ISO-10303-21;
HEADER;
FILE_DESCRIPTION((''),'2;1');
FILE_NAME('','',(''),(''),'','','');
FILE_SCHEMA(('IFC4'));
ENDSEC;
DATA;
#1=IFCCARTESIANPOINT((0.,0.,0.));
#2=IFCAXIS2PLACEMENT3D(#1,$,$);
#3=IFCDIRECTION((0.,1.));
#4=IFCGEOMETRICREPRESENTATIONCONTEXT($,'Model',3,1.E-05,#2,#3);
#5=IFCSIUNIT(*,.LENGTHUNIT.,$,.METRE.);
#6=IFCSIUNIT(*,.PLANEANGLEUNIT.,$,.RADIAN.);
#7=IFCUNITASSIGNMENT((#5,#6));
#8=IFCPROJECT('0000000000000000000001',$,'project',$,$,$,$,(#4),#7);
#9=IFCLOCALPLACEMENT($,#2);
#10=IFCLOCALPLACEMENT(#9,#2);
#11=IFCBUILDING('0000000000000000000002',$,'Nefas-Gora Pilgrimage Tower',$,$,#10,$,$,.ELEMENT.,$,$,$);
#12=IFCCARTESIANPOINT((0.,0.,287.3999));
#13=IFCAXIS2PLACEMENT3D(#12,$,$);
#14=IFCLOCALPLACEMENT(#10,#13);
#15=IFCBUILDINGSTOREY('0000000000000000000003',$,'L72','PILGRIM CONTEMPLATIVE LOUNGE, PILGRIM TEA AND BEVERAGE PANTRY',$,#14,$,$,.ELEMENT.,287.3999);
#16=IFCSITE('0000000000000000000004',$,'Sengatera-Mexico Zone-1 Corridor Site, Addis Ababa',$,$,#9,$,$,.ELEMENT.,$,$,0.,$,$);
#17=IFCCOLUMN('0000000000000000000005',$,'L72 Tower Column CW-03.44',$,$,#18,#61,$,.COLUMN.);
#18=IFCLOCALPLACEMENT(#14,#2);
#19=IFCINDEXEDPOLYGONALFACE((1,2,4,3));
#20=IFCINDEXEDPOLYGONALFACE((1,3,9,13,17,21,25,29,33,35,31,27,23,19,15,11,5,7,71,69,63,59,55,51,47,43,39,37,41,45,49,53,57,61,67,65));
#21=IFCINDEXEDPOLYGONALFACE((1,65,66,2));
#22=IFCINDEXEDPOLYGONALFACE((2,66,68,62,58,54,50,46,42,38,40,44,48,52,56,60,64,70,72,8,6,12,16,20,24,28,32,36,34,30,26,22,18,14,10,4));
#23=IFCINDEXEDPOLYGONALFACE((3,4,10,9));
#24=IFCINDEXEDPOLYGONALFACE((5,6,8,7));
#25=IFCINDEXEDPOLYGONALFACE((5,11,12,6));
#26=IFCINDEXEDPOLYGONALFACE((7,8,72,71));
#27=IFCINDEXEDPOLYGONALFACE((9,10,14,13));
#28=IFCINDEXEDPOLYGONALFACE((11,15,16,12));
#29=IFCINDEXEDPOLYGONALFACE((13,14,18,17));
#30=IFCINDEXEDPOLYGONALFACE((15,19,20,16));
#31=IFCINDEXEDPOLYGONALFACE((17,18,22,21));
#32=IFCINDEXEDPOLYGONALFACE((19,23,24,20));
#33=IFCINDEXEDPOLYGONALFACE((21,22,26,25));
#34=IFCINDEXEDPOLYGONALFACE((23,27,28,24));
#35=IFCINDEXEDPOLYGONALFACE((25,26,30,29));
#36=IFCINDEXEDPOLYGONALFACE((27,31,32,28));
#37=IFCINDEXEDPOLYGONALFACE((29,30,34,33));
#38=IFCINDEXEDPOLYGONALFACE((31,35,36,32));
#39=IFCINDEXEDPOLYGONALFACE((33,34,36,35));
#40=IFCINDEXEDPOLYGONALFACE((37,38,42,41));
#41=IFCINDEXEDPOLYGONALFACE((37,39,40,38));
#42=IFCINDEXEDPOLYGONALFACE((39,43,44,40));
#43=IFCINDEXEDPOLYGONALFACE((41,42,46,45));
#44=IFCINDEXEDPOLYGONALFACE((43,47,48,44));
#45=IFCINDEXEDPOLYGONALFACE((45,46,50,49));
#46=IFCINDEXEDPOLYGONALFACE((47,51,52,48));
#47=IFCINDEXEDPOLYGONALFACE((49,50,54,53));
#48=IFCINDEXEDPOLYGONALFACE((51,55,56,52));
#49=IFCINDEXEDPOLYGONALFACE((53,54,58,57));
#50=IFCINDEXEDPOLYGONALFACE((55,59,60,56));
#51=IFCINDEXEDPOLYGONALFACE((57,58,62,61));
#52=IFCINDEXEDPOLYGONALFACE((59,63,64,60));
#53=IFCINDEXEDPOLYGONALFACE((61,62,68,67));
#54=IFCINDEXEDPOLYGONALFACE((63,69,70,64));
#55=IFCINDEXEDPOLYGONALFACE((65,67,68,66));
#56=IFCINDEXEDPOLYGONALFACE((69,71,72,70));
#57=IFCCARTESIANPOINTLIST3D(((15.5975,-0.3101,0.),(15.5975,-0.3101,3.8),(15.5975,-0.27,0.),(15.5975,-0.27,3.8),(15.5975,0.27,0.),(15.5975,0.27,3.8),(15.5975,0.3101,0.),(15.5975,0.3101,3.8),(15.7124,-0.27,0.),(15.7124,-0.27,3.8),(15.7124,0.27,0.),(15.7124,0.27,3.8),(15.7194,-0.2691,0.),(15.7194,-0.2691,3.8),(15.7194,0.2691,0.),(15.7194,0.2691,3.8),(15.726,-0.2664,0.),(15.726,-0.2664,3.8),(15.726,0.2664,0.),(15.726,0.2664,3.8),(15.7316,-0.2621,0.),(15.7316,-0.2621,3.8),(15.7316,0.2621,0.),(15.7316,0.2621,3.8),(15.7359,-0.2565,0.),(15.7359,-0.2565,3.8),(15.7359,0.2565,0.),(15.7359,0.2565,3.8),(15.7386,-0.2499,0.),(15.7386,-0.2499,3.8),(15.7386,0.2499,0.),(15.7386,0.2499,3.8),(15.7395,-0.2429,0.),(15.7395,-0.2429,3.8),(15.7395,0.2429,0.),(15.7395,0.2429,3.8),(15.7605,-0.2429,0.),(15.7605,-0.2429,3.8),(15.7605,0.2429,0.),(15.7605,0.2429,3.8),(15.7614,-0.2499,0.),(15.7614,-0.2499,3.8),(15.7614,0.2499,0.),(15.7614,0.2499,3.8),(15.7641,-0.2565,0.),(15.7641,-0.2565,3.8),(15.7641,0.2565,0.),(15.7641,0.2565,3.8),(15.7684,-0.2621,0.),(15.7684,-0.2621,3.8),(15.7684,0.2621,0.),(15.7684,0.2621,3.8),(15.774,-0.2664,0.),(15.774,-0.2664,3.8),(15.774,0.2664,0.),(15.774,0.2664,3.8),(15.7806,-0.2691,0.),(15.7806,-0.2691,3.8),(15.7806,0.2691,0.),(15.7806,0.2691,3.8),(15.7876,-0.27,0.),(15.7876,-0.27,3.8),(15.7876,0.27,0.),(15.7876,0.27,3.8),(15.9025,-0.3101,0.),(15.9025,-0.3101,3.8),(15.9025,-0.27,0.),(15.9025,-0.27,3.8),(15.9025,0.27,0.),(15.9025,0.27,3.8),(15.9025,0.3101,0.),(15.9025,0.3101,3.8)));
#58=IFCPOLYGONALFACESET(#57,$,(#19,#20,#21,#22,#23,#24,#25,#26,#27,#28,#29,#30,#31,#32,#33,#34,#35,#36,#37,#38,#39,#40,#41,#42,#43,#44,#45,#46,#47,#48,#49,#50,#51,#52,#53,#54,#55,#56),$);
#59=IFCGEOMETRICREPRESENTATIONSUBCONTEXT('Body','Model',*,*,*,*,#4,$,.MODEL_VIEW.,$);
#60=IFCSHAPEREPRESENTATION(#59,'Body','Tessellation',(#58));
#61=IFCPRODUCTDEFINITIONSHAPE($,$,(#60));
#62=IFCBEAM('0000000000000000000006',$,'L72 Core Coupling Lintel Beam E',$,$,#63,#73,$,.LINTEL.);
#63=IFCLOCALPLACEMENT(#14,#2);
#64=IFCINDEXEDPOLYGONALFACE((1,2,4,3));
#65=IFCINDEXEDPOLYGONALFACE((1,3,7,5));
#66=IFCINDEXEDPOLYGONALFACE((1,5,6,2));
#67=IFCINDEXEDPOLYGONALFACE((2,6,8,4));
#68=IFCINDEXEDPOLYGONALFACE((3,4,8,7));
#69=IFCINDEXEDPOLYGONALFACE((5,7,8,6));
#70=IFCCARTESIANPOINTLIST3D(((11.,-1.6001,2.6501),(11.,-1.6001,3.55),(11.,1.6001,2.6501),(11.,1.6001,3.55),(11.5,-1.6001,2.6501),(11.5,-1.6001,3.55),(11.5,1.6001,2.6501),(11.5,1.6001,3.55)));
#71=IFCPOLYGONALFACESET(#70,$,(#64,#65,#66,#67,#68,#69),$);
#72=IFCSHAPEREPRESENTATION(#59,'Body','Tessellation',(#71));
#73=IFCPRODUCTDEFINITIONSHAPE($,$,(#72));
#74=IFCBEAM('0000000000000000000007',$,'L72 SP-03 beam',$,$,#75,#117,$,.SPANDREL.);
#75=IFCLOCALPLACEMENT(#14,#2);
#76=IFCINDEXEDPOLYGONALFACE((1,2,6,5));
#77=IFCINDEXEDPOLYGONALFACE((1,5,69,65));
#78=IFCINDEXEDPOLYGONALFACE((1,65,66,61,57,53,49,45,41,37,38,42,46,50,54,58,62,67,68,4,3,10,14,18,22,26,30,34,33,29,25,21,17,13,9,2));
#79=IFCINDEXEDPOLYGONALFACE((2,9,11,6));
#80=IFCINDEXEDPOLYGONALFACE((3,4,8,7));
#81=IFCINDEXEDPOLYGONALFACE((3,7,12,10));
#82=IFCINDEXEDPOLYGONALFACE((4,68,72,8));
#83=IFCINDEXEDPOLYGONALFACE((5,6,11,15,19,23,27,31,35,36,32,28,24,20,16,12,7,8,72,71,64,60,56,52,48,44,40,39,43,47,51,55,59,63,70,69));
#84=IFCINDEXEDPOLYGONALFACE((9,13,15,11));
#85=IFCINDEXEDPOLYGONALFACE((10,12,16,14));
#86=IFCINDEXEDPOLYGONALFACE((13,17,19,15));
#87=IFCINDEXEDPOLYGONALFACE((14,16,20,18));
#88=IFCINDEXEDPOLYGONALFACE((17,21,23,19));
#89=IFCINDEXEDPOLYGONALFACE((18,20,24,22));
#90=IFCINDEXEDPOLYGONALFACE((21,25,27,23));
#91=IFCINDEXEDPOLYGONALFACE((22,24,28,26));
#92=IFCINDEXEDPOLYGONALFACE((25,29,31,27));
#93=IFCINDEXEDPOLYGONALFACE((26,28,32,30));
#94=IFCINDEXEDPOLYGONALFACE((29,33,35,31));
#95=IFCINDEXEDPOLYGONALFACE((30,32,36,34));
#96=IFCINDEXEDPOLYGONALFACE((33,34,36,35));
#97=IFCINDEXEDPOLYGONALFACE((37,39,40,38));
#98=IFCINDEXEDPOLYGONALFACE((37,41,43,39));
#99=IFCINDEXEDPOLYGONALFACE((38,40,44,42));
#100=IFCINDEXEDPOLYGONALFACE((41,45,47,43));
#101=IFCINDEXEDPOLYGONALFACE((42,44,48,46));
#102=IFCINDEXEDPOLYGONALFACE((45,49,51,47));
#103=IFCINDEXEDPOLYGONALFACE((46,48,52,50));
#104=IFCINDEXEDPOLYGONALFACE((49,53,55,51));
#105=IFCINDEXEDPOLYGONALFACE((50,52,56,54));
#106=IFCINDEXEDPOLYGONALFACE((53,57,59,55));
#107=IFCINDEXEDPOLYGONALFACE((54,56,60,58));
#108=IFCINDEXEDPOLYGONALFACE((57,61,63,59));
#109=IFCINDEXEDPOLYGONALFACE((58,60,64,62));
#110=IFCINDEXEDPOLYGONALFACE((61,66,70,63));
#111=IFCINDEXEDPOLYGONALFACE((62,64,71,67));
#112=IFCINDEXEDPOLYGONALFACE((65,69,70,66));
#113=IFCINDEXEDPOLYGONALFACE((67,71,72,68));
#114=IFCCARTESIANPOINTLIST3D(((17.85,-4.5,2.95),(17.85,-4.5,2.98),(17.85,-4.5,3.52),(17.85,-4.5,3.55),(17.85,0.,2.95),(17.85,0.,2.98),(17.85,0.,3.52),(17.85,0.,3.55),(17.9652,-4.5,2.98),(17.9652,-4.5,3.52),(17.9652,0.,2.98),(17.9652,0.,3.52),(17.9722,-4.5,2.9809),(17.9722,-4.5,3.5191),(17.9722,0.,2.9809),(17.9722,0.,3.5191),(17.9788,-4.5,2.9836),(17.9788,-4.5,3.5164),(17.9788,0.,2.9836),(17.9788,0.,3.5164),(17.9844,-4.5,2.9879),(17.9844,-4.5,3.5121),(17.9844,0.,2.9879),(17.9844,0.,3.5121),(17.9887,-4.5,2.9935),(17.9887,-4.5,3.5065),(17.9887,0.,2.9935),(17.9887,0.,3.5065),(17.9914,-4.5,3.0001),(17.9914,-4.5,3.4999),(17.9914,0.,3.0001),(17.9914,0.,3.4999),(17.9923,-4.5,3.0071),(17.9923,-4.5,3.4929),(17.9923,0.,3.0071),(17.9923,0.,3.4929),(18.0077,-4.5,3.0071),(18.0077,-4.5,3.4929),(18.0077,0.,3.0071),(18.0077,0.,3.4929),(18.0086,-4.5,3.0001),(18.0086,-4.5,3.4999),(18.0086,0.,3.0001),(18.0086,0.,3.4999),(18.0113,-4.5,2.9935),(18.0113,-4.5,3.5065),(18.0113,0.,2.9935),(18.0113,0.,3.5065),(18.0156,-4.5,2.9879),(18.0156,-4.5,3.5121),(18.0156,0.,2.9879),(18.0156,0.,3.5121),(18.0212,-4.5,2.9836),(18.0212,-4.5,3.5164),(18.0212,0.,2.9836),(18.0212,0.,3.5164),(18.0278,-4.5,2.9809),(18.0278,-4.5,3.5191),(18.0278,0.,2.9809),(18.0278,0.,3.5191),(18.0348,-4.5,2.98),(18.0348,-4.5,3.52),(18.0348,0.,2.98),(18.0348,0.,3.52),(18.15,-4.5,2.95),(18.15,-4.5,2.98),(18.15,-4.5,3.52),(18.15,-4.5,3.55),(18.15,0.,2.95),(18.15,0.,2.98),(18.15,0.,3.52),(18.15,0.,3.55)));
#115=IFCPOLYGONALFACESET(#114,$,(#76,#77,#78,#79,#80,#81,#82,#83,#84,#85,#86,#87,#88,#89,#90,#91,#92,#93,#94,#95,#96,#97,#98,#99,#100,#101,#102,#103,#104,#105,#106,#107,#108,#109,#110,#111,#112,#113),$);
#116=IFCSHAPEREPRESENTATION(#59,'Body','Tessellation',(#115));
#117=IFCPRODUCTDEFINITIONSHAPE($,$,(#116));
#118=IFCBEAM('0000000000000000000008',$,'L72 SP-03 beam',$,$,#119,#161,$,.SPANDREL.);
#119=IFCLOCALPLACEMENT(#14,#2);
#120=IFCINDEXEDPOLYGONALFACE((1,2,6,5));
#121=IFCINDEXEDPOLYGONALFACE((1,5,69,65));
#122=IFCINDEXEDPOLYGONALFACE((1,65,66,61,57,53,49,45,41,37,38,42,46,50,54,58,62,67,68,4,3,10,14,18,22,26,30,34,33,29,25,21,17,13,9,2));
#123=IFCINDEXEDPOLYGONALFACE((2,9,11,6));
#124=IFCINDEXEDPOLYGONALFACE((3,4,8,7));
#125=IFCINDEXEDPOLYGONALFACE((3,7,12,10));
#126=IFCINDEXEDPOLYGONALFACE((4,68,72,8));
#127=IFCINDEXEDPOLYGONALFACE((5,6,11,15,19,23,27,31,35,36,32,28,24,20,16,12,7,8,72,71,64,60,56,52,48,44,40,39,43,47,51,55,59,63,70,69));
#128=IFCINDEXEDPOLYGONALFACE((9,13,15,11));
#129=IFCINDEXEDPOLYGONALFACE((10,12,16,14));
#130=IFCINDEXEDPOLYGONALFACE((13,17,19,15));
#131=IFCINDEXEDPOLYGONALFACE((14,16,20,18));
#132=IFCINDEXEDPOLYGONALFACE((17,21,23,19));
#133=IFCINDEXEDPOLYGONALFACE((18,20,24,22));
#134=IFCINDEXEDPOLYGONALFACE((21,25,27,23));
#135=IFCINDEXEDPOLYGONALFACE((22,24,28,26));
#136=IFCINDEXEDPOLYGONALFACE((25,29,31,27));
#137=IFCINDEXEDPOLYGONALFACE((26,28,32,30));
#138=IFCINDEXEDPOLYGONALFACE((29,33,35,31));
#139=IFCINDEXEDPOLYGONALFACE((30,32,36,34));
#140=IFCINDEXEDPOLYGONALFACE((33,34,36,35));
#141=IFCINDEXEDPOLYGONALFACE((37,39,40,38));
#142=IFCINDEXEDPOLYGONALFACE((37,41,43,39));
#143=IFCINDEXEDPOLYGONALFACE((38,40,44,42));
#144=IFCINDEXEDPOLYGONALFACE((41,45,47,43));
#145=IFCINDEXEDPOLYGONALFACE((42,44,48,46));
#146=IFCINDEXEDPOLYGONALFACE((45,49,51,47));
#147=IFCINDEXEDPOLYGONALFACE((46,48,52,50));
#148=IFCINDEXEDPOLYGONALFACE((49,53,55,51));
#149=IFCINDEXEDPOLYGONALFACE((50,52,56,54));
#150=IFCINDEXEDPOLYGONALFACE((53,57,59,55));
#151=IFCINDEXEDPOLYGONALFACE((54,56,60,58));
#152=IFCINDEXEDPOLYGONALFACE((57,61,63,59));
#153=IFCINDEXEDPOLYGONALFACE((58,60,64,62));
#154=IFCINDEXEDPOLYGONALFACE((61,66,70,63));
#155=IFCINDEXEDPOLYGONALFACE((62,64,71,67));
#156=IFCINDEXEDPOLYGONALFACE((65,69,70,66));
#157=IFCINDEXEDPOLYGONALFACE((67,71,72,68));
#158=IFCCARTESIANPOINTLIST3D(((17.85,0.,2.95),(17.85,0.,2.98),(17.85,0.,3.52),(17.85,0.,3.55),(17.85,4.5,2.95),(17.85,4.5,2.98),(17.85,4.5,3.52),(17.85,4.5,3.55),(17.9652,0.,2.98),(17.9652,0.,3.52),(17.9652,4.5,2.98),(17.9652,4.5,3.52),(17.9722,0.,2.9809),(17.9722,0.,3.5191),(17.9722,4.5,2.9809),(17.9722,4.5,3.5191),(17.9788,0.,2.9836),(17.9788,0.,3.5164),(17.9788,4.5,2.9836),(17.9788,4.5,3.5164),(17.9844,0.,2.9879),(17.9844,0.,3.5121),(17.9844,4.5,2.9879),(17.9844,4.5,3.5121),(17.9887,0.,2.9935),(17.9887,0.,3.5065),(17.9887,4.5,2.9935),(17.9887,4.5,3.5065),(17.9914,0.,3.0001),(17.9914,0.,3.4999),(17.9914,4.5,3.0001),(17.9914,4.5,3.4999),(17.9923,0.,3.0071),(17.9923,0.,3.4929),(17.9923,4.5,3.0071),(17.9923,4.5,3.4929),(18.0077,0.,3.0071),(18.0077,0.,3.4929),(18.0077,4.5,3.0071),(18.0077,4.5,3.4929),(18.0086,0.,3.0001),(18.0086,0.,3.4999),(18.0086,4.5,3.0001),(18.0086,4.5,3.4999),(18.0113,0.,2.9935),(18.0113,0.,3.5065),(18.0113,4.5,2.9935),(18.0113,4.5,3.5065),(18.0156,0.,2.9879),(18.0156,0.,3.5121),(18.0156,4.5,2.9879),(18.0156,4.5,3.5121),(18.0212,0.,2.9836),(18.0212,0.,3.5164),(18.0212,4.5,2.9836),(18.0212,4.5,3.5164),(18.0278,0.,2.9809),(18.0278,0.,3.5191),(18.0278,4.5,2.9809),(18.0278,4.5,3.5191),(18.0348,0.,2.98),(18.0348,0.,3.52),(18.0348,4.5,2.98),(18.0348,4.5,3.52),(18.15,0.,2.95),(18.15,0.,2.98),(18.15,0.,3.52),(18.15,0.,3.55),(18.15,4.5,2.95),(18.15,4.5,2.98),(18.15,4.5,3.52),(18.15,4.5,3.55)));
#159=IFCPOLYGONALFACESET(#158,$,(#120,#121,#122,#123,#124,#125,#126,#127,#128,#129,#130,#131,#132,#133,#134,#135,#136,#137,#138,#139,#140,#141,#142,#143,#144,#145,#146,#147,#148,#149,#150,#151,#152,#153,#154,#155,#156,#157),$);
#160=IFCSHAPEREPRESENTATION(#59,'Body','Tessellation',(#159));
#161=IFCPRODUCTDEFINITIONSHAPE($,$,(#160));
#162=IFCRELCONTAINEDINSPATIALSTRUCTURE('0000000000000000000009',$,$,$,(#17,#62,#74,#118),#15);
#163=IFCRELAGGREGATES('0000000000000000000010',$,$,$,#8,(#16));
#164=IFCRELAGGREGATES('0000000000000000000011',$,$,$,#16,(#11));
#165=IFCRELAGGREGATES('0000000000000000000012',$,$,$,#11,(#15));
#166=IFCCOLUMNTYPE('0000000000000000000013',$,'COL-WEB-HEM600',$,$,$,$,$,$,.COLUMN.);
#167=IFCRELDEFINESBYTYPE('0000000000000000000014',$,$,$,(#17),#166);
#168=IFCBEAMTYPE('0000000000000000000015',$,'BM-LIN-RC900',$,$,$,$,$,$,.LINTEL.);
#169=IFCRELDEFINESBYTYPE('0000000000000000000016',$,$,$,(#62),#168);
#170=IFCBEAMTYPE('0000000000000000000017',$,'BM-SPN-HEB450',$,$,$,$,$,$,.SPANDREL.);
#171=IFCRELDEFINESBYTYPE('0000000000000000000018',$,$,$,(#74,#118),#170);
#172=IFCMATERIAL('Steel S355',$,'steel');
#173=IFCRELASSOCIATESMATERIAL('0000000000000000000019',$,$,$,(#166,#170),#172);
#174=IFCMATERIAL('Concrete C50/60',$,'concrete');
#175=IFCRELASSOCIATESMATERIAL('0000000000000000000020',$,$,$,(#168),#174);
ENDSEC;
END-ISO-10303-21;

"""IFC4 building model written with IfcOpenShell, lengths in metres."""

from ifc_helpers import new_model, si_unit, direction, frame, origin, origin_2d, place, context, subcontext, project, spatial, rectangle, i_section, extrude, source, transform, mapped, material, material_profile, profile_set, type_object, element, save


model = new_model("IFC4")

# Units and contexts
model_context = context("Model", 3, precision=1e-05, world=origin(), true_north=direction((0.0, 1.0)))
body_context = subcontext(model_context, "Body", "Model", "MODEL_VIEW")
ifc_project = project(units=[si_unit("LENGTHUNIT", "METRE"), si_unit("PLANEANGLEUNIT", "RADIAN")], contexts=[model_context])

# Site, building, storey
site_placement = place(None, origin())
site = spatial("IfcSite", under=ifc_project, at=site_placement, Name="Sengatera-Mexico Zone-1 Corridor Site, Addis Ababa", CompositionType="ELEMENT", RefElevation=0.0)
building_placement = place(site_placement, origin())
building = spatial("IfcBuilding", under=site, at=building_placement, Name="Nefas-Gora Pilgrimage Tower", CompositionType="ELEMENT")
storey_placement = place(building_placement, frame((0.0, 0.0, 287.3999)))
storey = spatial("IfcBuildingStorey", under=building, at=storey_placement, Name="L72", Description="PILGRIM CONTEMPLATIVE LOUNGE, PILGRIM TEA AND BEVERAGE PANTRY", CompositionType="ELEMENT", Elevation=287.3999)

# Column
ifc_material_1 = material(Name="Steel S355", Category="steel")
ifc_material_profile_1 = material_profile(ifc_material_1, i_section(OverallWidth=0.3049, OverallDepth=0.6201, WebThickness=0.021, FlangeThickness=0.04, FilletRadius=0.0271, at=origin_2d()), Name="HEM 600")
ifc_profile_set_1 = profile_set([ifc_material_profile_1], Name="Steel S355")
column_type_1 = type_object("IfcColumnType", Name="COL-WEB-HEM600", PredefinedType="COLUMN", material=ifc_profile_set_1)
shared_shape_1 = source(origin(), body_context, "Body", "SweptSolid", [
    extrude(i_section(OverallWidth=0.3049, OverallDepth=0.6201, WebThickness=0.021, FlangeThickness=0.04, FilletRadius=0.0271, at=origin_2d()), origin(), (0.0, 0.0, 1.0), 3.8),
])
for number, where, z_axis, x_axis, name in (
    (1, (15.75, 0.0, 0.0), (0.0, 0.0, 1.0), (1.0, 0.0, 0.0), "L72 Tower Column CW-03.44"),
):
    element("IfcColumn", number, at=place(storey_placement, frame(where, z_axis=z_axis, x_axis=x_axis)), inside=storey, type_object=column_type_1, Name=name, PredefinedType="COLUMN", context=body_context, shape_type="MappedRepresentation", body=[
        mapped(shared_shape_1, transform((0.0, 0.0, 0.0), x_axis=(1.0, 0.0, 0.0), y_axis=(0.0, 1.0, 0.0), z_axis=(0.0, 0.0, 1.0), scale=1.0)),
    ])

# Beams
ifc_material_2 = material(Name="Concrete C50/60", Category="concrete")
ifc_material_profile_2 = material_profile(ifc_material_2, rectangle(XDim=0.5, YDim=0.8999, at=origin_2d()), Name="RC 500x900")
ifc_profile_set_2 = profile_set([ifc_material_profile_2], Name="Concrete C50/60")
beam_type_1 = type_object("IfcBeamType", Name="BM-LIN-RC900", PredefinedType="LINTEL", material=ifc_profile_set_2)
shared_shape_2 = source(origin(), body_context, "Body", "SweptSolid", [
    extrude(rectangle(XDim=0.5, YDim=0.8999, at=origin_2d()), origin(), (0.0, 0.0, 1.0), 3.2002),
])
beam_placement = place(storey_placement, frame((11.25, -1.6001, 3.1001), z_axis=(0.0, 1.0, 0.0), x_axis=(-1.0, 0.0, 0.0)))
element("IfcBeam", 2, at=beam_placement, inside=storey, type_object=beam_type_1, Name="L72 Core Coupling Lintel Beam E", PredefinedType="LINTEL", context=body_context, shape_type="MappedRepresentation", body=[
    mapped(shared_shape_2, transform((0.0, 0.0, 0.0), x_axis=(1.0, 0.0, 0.0), y_axis=(0.0, 1.0, 0.0), z_axis=(0.0, 0.0, 1.0), scale=1.0)),
])
ifc_material_profile_3 = material_profile(ifc_material_1, i_section(OverallWidth=0.3, OverallDepth=0.6001, WebThickness=0.0154, FlangeThickness=0.03, FilletRadius=0.0271, at=origin_2d()), Name="HEB 600")
ifc_profile_set_3 = profile_set([ifc_material_profile_3], Name="Steel S355")
beam_type_2 = type_object("IfcBeamType", Name="BM-SPN-HEB450", PredefinedType="SPANDREL", material=ifc_profile_set_3)
shared_shape_3 = source(origin(), body_context, "Body", "SweptSolid", [
    extrude(i_section(OverallWidth=0.3, OverallDepth=0.6001, WebThickness=0.0154, FlangeThickness=0.03, FilletRadius=0.0271, at=origin_2d()), origin(), (0.0, 0.0, 1.0), 4.5),
])
for number, where, z_axis, x_axis, name in (
    (3, (18.0, -4.5, 3.25), (0.0, 1.0, 0.0), (-1.0, 0.0, 0.0), "L72 SP-03 beam"),
    (4, (18.0, 0.0, 3.25), (0.0, 1.0, 0.0), (-1.0, 0.0, 0.0), "L72 SP-03 beam"),
):
    element("IfcBeam", number, at=place(storey_placement, frame(where, z_axis=z_axis, x_axis=x_axis)), inside=storey, type_object=beam_type_2, Name=name, PredefinedType="SPANDREL", context=body_context, shape_type="MappedRepresentation", body=[
        mapped(shared_shape_3, transform((0.0, 0.0, 0.0), x_axis=(1.0, 0.0, 0.0), y_axis=(0.0, 1.0, 0.0), z_axis=(0.0, 0.0, 1.0), scale=1.0)),
    ])

save(model, "model.ifc")
